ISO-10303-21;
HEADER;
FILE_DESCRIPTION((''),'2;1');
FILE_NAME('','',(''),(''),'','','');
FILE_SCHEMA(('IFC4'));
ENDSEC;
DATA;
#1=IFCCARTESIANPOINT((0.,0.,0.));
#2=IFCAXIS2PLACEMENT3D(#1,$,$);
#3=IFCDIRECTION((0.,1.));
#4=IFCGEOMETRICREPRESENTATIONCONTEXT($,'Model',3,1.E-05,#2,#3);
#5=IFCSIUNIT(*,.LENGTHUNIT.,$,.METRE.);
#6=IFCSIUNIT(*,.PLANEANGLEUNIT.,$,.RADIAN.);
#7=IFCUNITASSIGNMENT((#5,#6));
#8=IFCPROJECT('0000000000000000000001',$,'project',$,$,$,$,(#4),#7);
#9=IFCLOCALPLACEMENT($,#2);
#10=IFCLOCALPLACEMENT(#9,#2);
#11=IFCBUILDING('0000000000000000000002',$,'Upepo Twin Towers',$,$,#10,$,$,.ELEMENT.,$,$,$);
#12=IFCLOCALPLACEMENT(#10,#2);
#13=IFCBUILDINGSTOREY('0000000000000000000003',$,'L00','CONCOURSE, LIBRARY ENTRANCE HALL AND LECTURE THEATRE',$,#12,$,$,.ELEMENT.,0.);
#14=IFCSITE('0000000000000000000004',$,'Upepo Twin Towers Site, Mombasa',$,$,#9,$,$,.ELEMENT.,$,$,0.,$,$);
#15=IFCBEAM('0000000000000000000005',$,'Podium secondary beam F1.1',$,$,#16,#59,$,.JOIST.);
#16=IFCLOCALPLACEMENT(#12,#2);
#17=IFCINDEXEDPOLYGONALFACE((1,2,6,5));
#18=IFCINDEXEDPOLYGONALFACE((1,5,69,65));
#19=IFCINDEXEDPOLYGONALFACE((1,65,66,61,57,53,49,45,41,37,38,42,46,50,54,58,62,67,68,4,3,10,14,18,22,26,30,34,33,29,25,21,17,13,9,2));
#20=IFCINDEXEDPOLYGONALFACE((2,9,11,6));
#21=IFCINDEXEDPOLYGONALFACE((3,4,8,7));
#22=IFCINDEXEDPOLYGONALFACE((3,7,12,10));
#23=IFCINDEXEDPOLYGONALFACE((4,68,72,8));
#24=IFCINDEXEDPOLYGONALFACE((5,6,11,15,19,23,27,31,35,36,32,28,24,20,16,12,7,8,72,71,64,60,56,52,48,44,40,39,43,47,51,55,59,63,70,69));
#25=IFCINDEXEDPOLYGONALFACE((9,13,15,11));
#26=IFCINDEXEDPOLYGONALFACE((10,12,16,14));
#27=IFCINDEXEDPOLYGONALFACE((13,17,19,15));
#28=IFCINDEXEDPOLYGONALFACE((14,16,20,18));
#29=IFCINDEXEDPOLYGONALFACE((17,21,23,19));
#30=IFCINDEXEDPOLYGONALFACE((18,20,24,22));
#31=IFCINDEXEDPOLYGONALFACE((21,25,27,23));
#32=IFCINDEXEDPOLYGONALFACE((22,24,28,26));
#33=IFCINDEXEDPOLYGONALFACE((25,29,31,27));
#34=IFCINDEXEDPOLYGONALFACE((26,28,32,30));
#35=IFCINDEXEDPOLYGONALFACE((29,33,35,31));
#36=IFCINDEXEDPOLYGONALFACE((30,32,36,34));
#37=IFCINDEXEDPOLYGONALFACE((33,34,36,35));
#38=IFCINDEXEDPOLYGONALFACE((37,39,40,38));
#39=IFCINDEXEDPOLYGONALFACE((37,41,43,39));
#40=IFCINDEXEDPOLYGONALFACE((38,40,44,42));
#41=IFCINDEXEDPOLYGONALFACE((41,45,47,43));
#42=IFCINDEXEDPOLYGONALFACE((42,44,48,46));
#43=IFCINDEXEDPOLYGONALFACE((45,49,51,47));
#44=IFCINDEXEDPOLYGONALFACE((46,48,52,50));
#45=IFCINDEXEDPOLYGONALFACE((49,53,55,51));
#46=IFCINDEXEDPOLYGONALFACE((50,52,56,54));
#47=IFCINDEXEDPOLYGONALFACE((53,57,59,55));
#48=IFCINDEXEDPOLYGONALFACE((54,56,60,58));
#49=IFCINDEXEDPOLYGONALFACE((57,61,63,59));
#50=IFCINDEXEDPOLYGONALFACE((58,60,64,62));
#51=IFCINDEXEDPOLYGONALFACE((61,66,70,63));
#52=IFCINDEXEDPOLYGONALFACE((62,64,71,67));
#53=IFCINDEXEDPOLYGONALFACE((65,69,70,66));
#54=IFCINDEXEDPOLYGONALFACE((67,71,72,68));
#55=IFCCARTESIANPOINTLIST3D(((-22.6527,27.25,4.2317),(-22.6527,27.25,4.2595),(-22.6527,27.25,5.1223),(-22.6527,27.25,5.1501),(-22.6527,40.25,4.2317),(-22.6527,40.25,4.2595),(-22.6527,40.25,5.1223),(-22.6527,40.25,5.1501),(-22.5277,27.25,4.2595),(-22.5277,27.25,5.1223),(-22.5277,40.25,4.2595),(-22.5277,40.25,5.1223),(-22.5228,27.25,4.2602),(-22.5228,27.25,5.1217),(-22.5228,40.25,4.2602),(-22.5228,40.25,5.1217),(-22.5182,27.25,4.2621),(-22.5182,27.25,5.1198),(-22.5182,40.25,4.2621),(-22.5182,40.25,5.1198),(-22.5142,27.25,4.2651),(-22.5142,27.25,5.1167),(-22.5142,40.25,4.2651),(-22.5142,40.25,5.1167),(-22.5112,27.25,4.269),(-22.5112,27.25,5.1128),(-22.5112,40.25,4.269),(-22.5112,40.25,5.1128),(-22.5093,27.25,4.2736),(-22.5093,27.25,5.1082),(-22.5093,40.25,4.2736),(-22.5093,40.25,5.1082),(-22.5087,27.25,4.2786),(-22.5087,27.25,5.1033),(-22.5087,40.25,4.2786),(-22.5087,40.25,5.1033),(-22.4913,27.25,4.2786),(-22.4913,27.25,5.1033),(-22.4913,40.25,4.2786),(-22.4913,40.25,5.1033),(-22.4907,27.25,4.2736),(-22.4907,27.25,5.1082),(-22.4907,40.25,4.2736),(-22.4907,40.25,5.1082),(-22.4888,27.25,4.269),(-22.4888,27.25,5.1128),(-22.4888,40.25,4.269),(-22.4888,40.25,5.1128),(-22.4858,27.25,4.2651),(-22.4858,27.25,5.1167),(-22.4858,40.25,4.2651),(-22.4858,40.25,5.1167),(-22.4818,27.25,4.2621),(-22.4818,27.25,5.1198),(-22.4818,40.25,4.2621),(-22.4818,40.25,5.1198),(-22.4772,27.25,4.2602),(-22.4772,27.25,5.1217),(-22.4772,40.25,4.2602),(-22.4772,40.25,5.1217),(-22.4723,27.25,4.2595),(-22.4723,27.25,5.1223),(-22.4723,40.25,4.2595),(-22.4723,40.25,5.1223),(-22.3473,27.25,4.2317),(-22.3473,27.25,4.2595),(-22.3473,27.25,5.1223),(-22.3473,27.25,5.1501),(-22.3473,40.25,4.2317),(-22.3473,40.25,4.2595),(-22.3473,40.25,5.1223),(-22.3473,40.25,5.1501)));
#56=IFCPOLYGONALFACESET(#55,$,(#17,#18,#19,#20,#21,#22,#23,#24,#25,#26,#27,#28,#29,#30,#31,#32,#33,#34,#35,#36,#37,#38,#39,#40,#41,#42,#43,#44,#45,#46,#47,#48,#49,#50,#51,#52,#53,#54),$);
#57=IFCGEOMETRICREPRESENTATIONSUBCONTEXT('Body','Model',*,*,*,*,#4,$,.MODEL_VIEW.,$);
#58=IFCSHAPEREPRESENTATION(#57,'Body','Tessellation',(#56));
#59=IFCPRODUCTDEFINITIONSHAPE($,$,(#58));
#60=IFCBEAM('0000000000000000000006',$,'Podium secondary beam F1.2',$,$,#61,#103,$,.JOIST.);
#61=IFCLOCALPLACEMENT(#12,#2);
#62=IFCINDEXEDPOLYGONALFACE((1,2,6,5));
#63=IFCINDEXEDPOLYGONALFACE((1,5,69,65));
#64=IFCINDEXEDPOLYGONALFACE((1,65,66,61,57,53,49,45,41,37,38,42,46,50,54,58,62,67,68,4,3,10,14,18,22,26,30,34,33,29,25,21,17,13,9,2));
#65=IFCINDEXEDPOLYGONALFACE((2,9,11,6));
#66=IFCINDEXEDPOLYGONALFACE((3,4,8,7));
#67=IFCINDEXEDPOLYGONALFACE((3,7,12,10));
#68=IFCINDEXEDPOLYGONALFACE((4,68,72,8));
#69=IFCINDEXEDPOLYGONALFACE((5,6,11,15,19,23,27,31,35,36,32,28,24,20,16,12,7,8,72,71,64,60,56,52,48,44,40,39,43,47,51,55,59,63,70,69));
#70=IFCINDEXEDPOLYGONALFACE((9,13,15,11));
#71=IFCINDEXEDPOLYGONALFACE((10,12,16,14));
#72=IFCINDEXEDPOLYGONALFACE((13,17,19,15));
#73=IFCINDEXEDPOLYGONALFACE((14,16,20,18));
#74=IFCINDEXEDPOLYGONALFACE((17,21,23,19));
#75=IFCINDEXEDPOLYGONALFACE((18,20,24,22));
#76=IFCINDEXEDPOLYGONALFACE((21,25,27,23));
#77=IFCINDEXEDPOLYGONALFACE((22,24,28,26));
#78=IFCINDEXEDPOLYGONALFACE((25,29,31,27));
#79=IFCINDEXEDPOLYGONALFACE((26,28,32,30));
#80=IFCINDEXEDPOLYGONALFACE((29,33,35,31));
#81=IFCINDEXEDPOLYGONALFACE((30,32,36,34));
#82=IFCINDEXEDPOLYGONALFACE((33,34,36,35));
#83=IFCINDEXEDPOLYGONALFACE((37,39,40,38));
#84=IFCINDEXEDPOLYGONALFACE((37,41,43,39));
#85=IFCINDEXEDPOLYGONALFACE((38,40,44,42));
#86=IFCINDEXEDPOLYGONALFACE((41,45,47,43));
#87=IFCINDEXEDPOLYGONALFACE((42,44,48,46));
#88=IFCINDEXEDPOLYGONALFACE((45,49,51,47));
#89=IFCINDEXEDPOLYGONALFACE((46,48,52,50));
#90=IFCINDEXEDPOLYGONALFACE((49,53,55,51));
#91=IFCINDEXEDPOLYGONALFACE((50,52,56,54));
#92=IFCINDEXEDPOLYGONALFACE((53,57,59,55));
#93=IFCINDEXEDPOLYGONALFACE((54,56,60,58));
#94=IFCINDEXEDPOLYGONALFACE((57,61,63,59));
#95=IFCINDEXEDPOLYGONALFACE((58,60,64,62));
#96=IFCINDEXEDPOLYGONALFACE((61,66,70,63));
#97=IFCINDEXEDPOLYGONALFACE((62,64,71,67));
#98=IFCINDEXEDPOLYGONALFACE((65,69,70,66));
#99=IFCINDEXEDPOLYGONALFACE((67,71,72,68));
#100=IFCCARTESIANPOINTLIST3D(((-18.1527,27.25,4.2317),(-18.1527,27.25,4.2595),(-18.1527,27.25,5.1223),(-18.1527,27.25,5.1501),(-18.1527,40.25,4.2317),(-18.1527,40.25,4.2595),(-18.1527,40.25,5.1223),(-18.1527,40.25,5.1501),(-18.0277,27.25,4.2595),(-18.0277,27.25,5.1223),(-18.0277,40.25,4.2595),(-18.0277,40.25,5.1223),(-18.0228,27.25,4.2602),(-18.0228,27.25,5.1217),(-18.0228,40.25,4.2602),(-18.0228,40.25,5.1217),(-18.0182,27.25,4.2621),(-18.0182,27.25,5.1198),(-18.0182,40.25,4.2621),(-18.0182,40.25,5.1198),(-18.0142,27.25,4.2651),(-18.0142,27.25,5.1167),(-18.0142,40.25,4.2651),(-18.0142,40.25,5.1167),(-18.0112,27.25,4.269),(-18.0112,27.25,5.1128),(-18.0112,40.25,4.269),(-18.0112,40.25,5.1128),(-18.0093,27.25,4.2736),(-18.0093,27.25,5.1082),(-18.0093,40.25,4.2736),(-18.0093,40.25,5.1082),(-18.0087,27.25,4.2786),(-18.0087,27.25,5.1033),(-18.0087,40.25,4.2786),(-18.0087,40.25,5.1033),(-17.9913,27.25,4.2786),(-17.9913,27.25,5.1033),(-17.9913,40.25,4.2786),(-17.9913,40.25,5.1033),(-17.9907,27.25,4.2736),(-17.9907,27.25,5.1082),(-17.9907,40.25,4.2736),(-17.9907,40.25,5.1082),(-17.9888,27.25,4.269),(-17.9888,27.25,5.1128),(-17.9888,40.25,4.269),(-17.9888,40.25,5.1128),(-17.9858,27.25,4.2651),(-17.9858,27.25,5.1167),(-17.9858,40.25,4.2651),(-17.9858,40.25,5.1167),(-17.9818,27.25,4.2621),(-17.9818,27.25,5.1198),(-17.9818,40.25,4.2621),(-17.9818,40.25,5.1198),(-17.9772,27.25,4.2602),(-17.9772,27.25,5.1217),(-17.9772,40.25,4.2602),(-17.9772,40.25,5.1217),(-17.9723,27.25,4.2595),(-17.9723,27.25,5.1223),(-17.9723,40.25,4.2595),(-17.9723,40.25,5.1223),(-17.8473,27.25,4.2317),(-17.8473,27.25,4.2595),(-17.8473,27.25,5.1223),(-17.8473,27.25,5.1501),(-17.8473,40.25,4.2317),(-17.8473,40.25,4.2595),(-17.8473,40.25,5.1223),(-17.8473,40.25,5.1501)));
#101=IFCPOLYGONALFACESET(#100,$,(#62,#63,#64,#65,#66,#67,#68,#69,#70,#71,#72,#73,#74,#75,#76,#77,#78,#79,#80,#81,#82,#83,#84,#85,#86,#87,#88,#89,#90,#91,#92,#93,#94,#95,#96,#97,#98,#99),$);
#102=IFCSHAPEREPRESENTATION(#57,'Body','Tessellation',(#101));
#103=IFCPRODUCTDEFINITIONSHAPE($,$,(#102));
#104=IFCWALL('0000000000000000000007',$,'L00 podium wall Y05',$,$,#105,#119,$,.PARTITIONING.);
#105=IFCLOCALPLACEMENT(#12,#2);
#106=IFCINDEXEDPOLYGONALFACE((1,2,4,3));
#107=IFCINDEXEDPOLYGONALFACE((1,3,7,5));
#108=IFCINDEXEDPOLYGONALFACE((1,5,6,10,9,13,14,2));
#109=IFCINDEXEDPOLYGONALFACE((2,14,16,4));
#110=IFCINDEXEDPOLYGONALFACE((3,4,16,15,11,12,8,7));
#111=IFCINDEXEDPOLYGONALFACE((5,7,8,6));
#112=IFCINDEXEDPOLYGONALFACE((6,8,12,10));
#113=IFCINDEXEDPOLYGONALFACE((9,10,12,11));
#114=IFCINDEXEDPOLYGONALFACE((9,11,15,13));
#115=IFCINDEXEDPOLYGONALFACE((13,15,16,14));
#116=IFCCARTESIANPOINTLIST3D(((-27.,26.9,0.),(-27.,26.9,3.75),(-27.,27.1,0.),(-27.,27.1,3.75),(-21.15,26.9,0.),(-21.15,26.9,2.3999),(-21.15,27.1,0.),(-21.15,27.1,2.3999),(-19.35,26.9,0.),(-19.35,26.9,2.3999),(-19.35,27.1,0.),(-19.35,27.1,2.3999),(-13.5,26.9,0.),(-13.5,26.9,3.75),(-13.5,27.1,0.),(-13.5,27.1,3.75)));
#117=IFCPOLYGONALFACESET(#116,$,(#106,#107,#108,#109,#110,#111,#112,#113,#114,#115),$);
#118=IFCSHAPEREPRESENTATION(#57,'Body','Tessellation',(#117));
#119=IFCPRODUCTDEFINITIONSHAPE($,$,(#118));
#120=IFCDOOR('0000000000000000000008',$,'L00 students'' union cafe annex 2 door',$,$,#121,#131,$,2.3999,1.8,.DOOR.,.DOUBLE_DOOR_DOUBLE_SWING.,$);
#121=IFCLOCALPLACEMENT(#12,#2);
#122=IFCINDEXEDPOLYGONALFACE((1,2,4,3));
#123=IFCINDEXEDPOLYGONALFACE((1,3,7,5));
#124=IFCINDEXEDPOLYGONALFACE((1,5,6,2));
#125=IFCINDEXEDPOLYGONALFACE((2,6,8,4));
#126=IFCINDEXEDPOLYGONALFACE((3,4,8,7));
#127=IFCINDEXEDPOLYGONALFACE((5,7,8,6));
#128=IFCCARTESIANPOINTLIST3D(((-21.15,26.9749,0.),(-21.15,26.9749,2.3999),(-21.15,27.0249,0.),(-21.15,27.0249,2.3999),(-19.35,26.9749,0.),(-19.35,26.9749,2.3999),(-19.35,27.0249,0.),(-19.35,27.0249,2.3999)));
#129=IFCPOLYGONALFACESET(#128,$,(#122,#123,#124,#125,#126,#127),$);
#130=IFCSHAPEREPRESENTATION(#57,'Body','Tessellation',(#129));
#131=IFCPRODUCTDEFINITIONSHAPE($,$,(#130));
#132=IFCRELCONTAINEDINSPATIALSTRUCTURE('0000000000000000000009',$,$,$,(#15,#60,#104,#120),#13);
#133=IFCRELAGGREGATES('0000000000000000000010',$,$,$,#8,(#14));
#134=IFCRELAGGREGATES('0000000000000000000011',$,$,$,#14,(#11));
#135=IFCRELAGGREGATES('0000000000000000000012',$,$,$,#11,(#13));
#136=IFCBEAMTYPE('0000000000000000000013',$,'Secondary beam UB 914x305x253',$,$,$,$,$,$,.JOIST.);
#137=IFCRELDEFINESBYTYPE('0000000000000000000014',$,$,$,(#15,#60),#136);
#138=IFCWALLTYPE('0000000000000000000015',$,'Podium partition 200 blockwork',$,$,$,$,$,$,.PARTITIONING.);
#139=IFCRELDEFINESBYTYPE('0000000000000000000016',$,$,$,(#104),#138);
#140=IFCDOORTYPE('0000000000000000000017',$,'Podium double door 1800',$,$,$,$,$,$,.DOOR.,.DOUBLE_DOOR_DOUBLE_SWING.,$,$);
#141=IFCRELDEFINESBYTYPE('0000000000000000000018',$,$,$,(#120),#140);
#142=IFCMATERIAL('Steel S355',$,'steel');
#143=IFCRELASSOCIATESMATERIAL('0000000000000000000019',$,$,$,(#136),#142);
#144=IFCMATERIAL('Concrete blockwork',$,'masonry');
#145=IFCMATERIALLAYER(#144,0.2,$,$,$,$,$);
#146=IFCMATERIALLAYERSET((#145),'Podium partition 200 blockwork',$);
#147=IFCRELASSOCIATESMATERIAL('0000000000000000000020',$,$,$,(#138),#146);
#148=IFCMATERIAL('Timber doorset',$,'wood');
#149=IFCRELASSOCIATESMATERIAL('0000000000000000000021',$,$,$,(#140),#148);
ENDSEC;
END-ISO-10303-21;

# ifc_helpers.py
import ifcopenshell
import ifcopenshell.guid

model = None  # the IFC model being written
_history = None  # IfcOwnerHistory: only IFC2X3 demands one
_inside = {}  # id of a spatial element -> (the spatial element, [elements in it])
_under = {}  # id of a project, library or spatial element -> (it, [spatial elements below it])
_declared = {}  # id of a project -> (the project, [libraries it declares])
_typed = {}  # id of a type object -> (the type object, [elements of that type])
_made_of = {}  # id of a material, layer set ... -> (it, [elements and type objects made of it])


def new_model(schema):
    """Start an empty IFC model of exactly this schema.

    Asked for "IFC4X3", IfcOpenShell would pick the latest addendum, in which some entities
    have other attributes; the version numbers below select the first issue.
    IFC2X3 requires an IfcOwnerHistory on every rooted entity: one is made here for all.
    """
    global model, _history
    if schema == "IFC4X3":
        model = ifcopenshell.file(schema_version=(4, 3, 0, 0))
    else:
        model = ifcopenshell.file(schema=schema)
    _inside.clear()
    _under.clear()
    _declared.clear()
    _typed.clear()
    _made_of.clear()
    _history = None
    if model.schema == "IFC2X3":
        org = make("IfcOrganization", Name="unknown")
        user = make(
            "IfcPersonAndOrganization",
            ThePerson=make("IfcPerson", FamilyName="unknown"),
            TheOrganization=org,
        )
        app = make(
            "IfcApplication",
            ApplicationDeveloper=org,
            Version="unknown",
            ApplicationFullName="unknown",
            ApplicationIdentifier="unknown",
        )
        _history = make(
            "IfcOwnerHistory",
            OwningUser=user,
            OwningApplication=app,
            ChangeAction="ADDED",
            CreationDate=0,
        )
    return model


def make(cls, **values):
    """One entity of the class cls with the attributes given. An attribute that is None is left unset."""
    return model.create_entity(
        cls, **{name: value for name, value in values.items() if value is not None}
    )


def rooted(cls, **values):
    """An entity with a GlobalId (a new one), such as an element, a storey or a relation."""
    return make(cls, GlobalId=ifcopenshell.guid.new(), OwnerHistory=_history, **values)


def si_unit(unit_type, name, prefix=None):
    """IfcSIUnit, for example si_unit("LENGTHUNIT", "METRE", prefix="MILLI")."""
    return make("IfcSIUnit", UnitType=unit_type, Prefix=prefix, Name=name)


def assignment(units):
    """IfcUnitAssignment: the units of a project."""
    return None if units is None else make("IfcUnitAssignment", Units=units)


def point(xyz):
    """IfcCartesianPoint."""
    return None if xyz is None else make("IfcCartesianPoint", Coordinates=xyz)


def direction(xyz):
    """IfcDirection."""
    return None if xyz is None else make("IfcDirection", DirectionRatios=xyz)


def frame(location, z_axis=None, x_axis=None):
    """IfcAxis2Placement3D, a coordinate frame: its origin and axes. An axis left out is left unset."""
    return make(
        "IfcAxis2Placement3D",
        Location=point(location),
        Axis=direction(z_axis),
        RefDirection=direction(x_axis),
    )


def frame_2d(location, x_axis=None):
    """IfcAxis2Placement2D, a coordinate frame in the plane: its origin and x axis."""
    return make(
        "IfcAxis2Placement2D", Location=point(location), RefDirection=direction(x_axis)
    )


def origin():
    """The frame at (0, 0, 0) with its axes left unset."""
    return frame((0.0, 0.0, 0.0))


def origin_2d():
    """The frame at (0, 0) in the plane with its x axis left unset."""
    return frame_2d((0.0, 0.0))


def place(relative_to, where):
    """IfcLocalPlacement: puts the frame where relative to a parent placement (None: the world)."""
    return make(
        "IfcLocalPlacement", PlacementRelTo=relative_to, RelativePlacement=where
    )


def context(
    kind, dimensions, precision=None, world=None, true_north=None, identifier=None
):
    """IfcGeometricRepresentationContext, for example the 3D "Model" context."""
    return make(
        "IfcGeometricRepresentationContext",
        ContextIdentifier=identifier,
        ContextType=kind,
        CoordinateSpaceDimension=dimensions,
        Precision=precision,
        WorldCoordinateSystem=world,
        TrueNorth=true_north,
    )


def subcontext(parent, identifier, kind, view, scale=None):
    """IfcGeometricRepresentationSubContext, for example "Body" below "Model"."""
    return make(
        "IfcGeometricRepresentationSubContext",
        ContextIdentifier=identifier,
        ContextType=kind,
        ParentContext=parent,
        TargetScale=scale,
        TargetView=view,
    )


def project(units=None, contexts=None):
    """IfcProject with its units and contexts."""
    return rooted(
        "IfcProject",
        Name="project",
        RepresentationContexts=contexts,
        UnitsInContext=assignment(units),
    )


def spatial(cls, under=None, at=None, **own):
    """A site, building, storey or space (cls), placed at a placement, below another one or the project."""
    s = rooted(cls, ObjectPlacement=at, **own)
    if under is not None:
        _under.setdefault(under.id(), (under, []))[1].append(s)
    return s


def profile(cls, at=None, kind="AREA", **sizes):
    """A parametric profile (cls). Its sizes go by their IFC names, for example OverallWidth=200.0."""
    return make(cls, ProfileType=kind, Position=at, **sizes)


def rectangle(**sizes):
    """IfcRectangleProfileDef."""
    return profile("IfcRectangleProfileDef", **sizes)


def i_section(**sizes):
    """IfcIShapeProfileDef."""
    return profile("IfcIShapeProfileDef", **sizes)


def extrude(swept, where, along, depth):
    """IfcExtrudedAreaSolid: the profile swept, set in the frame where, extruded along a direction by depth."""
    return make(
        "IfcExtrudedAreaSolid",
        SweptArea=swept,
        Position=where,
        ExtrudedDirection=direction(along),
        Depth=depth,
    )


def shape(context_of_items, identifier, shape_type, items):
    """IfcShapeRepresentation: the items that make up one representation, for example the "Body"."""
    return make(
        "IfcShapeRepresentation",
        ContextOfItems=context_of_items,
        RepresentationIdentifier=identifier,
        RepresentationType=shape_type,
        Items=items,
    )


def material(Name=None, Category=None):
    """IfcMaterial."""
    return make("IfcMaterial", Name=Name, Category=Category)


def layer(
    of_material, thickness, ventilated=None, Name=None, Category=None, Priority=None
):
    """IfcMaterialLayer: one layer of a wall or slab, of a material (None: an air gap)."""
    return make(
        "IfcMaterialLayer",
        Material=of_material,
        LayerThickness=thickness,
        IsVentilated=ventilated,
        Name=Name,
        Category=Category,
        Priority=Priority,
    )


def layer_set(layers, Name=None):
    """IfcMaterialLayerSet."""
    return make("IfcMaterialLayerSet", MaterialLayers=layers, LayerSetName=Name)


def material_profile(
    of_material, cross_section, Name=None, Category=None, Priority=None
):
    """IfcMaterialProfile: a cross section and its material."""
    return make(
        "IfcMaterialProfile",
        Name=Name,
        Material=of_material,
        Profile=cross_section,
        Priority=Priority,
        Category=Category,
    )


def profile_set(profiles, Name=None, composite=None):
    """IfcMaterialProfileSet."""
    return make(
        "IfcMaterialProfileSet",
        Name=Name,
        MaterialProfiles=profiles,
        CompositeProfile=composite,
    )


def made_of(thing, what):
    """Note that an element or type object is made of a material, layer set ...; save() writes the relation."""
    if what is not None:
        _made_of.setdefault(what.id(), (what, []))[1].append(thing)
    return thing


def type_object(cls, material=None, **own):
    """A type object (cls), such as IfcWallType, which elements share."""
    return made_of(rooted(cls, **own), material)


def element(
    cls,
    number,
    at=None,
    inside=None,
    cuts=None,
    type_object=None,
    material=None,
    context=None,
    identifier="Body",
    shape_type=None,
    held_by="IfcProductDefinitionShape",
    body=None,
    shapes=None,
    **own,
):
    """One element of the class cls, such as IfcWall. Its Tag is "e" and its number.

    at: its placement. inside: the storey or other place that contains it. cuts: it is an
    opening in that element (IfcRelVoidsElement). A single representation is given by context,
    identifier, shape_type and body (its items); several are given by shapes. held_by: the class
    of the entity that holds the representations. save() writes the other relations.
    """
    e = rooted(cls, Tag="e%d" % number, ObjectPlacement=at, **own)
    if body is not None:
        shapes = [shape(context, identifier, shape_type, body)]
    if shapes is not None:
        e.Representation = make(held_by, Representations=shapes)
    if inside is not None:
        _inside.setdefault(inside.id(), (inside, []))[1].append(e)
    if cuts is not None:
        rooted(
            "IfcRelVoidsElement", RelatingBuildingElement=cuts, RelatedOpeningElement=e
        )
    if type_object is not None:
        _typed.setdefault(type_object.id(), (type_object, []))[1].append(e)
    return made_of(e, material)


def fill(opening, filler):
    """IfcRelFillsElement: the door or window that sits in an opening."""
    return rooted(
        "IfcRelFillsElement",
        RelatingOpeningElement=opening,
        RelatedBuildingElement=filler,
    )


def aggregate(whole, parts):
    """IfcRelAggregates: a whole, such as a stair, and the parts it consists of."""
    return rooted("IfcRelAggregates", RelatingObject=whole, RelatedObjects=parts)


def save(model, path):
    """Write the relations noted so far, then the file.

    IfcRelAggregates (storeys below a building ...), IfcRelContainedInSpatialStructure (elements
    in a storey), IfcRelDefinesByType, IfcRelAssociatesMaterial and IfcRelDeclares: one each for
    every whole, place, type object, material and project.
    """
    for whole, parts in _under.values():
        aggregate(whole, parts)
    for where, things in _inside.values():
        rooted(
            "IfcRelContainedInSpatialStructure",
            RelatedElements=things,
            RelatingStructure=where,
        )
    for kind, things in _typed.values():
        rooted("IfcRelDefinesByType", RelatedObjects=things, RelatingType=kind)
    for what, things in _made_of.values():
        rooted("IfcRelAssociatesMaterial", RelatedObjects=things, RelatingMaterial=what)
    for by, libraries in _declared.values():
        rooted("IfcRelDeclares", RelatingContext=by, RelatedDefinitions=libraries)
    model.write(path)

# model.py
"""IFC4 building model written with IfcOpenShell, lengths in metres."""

from ifc_helpers import new_model, si_unit, direction, frame, frame_2d, origin, origin_2d, place, context, subcontext, project, spatial, rectangle, i_section, extrude, material, layer, layer_set, material_profile, profile_set, type_object, element, fill, save


model = new_model("IFC4")

# Units and contexts
model_context = context("Model", 3, precision=1e-05, world=origin(), true_north=direction((0.0, 1.0)))
body_context = subcontext(model_context, "Body", "Model", "MODEL_VIEW")
ifc_project = project(units=[si_unit("LENGTHUNIT", "METRE"), si_unit("PLANEANGLEUNIT", "RADIAN")], contexts=[model_context])

# Site, building, storey
site_placement = place(None, origin())
site = spatial("IfcSite", under=ifc_project, at=site_placement, Name="Upepo Twin Towers Site, Mombasa", CompositionType="ELEMENT", RefElevation=0.0)
building_placement = place(site_placement, origin())
building = spatial("IfcBuilding", under=site, at=building_placement, Name="Upepo Twin Towers", CompositionType="ELEMENT")
storey_placement = place(building_placement, origin())
storey = spatial("IfcBuildingStorey", under=building, at=storey_placement, Name="L00", Description="CONCOURSE, LIBRARY ENTRANCE HALL AND LECTURE THEATRE", CompositionType="ELEMENT", Elevation=0.0)

# Beams
ifc_material_1 = material(Name="Steel S355", Category="steel")
ifc_material_profile = material_profile(ifc_material_1, i_section(OverallWidth=0.3054, OverallDepth=0.9185, WebThickness=0.0173, FlangeThickness=0.0278, FilletRadius=0.019, at=origin_2d()), Name="UB 914x305x253")
ifc_profile_set = profile_set([ifc_material_profile], Name="Steel S355")
beam_type = type_object("IfcBeamType", Name="Secondary beam UB 914x305x253", PredefinedType="JOIST", material=ifc_profile_set)
for number, where, z_axis, x_axis, name in (
    (1, (-22.5, 27.25, 4.6909), (0.0, 1.0, 0.0), (-1.0, 0.0, 0.0), "Podium secondary beam F1.1"),
    (2, (-18.0, 27.25, 4.6909), (0.0, 1.0, 0.0), (-1.0, 0.0, 0.0), "Podium secondary beam F1.2"),
):
    element("IfcBeam", number, at=place(storey_placement, frame(where, z_axis=z_axis, x_axis=x_axis)), inside=storey, type_object=beam_type, Name=name, PredefinedType="JOIST", context=body_context, shape_type="SweptSolid", body=[
        extrude(i_section(OverallWidth=0.3054, OverallDepth=0.9185, WebThickness=0.0173, FlangeThickness=0.0278, FilletRadius=0.019, at=origin_2d()), origin(), (0.0, 0.0, 1.0), 13.0),
    ])

# Wall, opening, door
ifc_material_2 = material(Name="Concrete blockwork", Category="masonry")
ifc_layer = layer(ifc_material_2, 0.2)
ifc_layer_set = layer_set([ifc_layer], Name="Podium partition 200 blockwork")
wall_type = type_object("IfcWallType", Name="Podium partition 200 blockwork", PredefinedType="PARTITIONING", material=ifc_layer_set)
wall_placement = place(storey_placement, frame((-27.0, 27.0, 0.0), z_axis=(0.0, 0.0, 1.0), x_axis=(1.0, 0.0, 0.0)))
wall = element("IfcWall", 3, at=wall_placement, inside=storey, type_object=wall_type, Name="L00 podium wall Y05", PredefinedType="PARTITIONING", context=body_context, shape_type="SweptSolid", body=[
    extrude(rectangle(XDim=13.5, YDim=0.2, at=frame_2d((6.75, 0.0))), origin(), (0.0, 0.0, 1.0), 3.75),
])
opening_placement = place(wall_placement, frame((5.8501, 0.0, 0.0)))
opening = element("IfcOpeningElement", 4, at=opening_placement, cuts=wall, PredefinedType="OPENING", context=body_context, shape_type="SweptSolid", body=[
    extrude(rectangle(XDim=1.8, YDim=2.3999, at=frame_2d((0.8999, 1.2))), frame((0.0, 0.1099, 0.0), z_axis=(0.0, -1.0, 0.0), x_axis=(1.0, 0.0, 0.0)), (0.0, 0.0, 1.0), 0.22),
])
ifc_material_3 = material(Name="Timber doorset", Category="wood")
door_type = type_object("IfcDoorType", Name="Podium double door 1800", OperationType="DOUBLE_DOOR_DOUBLE_SWING", PredefinedType="DOOR", material=ifc_material_3)
door_placement = place(opening_placement, origin())
door = element("IfcDoor", 5, at=door_placement, inside=storey, type_object=door_type, Name="L00 students' union cafe annex 2 door", OperationType="DOUBLE_DOOR_DOUBLE_SWING", OverallHeight=2.3999, OverallWidth=1.8, PredefinedType="DOOR", context=body_context, shape_type="SweptSolid", body=[
    extrude(rectangle(XDim=1.8, YDim=2.3999, at=frame_2d((0.8999, 1.2))), frame((0.0, 0.0249, 0.0), z_axis=(0.0, -1.0, 0.0), x_axis=(1.0, 0.0, 0.0)), (0.0, 0.0, 1.0), 0.05),
])
fill(opening, door)

save(model, "model.ifc")
